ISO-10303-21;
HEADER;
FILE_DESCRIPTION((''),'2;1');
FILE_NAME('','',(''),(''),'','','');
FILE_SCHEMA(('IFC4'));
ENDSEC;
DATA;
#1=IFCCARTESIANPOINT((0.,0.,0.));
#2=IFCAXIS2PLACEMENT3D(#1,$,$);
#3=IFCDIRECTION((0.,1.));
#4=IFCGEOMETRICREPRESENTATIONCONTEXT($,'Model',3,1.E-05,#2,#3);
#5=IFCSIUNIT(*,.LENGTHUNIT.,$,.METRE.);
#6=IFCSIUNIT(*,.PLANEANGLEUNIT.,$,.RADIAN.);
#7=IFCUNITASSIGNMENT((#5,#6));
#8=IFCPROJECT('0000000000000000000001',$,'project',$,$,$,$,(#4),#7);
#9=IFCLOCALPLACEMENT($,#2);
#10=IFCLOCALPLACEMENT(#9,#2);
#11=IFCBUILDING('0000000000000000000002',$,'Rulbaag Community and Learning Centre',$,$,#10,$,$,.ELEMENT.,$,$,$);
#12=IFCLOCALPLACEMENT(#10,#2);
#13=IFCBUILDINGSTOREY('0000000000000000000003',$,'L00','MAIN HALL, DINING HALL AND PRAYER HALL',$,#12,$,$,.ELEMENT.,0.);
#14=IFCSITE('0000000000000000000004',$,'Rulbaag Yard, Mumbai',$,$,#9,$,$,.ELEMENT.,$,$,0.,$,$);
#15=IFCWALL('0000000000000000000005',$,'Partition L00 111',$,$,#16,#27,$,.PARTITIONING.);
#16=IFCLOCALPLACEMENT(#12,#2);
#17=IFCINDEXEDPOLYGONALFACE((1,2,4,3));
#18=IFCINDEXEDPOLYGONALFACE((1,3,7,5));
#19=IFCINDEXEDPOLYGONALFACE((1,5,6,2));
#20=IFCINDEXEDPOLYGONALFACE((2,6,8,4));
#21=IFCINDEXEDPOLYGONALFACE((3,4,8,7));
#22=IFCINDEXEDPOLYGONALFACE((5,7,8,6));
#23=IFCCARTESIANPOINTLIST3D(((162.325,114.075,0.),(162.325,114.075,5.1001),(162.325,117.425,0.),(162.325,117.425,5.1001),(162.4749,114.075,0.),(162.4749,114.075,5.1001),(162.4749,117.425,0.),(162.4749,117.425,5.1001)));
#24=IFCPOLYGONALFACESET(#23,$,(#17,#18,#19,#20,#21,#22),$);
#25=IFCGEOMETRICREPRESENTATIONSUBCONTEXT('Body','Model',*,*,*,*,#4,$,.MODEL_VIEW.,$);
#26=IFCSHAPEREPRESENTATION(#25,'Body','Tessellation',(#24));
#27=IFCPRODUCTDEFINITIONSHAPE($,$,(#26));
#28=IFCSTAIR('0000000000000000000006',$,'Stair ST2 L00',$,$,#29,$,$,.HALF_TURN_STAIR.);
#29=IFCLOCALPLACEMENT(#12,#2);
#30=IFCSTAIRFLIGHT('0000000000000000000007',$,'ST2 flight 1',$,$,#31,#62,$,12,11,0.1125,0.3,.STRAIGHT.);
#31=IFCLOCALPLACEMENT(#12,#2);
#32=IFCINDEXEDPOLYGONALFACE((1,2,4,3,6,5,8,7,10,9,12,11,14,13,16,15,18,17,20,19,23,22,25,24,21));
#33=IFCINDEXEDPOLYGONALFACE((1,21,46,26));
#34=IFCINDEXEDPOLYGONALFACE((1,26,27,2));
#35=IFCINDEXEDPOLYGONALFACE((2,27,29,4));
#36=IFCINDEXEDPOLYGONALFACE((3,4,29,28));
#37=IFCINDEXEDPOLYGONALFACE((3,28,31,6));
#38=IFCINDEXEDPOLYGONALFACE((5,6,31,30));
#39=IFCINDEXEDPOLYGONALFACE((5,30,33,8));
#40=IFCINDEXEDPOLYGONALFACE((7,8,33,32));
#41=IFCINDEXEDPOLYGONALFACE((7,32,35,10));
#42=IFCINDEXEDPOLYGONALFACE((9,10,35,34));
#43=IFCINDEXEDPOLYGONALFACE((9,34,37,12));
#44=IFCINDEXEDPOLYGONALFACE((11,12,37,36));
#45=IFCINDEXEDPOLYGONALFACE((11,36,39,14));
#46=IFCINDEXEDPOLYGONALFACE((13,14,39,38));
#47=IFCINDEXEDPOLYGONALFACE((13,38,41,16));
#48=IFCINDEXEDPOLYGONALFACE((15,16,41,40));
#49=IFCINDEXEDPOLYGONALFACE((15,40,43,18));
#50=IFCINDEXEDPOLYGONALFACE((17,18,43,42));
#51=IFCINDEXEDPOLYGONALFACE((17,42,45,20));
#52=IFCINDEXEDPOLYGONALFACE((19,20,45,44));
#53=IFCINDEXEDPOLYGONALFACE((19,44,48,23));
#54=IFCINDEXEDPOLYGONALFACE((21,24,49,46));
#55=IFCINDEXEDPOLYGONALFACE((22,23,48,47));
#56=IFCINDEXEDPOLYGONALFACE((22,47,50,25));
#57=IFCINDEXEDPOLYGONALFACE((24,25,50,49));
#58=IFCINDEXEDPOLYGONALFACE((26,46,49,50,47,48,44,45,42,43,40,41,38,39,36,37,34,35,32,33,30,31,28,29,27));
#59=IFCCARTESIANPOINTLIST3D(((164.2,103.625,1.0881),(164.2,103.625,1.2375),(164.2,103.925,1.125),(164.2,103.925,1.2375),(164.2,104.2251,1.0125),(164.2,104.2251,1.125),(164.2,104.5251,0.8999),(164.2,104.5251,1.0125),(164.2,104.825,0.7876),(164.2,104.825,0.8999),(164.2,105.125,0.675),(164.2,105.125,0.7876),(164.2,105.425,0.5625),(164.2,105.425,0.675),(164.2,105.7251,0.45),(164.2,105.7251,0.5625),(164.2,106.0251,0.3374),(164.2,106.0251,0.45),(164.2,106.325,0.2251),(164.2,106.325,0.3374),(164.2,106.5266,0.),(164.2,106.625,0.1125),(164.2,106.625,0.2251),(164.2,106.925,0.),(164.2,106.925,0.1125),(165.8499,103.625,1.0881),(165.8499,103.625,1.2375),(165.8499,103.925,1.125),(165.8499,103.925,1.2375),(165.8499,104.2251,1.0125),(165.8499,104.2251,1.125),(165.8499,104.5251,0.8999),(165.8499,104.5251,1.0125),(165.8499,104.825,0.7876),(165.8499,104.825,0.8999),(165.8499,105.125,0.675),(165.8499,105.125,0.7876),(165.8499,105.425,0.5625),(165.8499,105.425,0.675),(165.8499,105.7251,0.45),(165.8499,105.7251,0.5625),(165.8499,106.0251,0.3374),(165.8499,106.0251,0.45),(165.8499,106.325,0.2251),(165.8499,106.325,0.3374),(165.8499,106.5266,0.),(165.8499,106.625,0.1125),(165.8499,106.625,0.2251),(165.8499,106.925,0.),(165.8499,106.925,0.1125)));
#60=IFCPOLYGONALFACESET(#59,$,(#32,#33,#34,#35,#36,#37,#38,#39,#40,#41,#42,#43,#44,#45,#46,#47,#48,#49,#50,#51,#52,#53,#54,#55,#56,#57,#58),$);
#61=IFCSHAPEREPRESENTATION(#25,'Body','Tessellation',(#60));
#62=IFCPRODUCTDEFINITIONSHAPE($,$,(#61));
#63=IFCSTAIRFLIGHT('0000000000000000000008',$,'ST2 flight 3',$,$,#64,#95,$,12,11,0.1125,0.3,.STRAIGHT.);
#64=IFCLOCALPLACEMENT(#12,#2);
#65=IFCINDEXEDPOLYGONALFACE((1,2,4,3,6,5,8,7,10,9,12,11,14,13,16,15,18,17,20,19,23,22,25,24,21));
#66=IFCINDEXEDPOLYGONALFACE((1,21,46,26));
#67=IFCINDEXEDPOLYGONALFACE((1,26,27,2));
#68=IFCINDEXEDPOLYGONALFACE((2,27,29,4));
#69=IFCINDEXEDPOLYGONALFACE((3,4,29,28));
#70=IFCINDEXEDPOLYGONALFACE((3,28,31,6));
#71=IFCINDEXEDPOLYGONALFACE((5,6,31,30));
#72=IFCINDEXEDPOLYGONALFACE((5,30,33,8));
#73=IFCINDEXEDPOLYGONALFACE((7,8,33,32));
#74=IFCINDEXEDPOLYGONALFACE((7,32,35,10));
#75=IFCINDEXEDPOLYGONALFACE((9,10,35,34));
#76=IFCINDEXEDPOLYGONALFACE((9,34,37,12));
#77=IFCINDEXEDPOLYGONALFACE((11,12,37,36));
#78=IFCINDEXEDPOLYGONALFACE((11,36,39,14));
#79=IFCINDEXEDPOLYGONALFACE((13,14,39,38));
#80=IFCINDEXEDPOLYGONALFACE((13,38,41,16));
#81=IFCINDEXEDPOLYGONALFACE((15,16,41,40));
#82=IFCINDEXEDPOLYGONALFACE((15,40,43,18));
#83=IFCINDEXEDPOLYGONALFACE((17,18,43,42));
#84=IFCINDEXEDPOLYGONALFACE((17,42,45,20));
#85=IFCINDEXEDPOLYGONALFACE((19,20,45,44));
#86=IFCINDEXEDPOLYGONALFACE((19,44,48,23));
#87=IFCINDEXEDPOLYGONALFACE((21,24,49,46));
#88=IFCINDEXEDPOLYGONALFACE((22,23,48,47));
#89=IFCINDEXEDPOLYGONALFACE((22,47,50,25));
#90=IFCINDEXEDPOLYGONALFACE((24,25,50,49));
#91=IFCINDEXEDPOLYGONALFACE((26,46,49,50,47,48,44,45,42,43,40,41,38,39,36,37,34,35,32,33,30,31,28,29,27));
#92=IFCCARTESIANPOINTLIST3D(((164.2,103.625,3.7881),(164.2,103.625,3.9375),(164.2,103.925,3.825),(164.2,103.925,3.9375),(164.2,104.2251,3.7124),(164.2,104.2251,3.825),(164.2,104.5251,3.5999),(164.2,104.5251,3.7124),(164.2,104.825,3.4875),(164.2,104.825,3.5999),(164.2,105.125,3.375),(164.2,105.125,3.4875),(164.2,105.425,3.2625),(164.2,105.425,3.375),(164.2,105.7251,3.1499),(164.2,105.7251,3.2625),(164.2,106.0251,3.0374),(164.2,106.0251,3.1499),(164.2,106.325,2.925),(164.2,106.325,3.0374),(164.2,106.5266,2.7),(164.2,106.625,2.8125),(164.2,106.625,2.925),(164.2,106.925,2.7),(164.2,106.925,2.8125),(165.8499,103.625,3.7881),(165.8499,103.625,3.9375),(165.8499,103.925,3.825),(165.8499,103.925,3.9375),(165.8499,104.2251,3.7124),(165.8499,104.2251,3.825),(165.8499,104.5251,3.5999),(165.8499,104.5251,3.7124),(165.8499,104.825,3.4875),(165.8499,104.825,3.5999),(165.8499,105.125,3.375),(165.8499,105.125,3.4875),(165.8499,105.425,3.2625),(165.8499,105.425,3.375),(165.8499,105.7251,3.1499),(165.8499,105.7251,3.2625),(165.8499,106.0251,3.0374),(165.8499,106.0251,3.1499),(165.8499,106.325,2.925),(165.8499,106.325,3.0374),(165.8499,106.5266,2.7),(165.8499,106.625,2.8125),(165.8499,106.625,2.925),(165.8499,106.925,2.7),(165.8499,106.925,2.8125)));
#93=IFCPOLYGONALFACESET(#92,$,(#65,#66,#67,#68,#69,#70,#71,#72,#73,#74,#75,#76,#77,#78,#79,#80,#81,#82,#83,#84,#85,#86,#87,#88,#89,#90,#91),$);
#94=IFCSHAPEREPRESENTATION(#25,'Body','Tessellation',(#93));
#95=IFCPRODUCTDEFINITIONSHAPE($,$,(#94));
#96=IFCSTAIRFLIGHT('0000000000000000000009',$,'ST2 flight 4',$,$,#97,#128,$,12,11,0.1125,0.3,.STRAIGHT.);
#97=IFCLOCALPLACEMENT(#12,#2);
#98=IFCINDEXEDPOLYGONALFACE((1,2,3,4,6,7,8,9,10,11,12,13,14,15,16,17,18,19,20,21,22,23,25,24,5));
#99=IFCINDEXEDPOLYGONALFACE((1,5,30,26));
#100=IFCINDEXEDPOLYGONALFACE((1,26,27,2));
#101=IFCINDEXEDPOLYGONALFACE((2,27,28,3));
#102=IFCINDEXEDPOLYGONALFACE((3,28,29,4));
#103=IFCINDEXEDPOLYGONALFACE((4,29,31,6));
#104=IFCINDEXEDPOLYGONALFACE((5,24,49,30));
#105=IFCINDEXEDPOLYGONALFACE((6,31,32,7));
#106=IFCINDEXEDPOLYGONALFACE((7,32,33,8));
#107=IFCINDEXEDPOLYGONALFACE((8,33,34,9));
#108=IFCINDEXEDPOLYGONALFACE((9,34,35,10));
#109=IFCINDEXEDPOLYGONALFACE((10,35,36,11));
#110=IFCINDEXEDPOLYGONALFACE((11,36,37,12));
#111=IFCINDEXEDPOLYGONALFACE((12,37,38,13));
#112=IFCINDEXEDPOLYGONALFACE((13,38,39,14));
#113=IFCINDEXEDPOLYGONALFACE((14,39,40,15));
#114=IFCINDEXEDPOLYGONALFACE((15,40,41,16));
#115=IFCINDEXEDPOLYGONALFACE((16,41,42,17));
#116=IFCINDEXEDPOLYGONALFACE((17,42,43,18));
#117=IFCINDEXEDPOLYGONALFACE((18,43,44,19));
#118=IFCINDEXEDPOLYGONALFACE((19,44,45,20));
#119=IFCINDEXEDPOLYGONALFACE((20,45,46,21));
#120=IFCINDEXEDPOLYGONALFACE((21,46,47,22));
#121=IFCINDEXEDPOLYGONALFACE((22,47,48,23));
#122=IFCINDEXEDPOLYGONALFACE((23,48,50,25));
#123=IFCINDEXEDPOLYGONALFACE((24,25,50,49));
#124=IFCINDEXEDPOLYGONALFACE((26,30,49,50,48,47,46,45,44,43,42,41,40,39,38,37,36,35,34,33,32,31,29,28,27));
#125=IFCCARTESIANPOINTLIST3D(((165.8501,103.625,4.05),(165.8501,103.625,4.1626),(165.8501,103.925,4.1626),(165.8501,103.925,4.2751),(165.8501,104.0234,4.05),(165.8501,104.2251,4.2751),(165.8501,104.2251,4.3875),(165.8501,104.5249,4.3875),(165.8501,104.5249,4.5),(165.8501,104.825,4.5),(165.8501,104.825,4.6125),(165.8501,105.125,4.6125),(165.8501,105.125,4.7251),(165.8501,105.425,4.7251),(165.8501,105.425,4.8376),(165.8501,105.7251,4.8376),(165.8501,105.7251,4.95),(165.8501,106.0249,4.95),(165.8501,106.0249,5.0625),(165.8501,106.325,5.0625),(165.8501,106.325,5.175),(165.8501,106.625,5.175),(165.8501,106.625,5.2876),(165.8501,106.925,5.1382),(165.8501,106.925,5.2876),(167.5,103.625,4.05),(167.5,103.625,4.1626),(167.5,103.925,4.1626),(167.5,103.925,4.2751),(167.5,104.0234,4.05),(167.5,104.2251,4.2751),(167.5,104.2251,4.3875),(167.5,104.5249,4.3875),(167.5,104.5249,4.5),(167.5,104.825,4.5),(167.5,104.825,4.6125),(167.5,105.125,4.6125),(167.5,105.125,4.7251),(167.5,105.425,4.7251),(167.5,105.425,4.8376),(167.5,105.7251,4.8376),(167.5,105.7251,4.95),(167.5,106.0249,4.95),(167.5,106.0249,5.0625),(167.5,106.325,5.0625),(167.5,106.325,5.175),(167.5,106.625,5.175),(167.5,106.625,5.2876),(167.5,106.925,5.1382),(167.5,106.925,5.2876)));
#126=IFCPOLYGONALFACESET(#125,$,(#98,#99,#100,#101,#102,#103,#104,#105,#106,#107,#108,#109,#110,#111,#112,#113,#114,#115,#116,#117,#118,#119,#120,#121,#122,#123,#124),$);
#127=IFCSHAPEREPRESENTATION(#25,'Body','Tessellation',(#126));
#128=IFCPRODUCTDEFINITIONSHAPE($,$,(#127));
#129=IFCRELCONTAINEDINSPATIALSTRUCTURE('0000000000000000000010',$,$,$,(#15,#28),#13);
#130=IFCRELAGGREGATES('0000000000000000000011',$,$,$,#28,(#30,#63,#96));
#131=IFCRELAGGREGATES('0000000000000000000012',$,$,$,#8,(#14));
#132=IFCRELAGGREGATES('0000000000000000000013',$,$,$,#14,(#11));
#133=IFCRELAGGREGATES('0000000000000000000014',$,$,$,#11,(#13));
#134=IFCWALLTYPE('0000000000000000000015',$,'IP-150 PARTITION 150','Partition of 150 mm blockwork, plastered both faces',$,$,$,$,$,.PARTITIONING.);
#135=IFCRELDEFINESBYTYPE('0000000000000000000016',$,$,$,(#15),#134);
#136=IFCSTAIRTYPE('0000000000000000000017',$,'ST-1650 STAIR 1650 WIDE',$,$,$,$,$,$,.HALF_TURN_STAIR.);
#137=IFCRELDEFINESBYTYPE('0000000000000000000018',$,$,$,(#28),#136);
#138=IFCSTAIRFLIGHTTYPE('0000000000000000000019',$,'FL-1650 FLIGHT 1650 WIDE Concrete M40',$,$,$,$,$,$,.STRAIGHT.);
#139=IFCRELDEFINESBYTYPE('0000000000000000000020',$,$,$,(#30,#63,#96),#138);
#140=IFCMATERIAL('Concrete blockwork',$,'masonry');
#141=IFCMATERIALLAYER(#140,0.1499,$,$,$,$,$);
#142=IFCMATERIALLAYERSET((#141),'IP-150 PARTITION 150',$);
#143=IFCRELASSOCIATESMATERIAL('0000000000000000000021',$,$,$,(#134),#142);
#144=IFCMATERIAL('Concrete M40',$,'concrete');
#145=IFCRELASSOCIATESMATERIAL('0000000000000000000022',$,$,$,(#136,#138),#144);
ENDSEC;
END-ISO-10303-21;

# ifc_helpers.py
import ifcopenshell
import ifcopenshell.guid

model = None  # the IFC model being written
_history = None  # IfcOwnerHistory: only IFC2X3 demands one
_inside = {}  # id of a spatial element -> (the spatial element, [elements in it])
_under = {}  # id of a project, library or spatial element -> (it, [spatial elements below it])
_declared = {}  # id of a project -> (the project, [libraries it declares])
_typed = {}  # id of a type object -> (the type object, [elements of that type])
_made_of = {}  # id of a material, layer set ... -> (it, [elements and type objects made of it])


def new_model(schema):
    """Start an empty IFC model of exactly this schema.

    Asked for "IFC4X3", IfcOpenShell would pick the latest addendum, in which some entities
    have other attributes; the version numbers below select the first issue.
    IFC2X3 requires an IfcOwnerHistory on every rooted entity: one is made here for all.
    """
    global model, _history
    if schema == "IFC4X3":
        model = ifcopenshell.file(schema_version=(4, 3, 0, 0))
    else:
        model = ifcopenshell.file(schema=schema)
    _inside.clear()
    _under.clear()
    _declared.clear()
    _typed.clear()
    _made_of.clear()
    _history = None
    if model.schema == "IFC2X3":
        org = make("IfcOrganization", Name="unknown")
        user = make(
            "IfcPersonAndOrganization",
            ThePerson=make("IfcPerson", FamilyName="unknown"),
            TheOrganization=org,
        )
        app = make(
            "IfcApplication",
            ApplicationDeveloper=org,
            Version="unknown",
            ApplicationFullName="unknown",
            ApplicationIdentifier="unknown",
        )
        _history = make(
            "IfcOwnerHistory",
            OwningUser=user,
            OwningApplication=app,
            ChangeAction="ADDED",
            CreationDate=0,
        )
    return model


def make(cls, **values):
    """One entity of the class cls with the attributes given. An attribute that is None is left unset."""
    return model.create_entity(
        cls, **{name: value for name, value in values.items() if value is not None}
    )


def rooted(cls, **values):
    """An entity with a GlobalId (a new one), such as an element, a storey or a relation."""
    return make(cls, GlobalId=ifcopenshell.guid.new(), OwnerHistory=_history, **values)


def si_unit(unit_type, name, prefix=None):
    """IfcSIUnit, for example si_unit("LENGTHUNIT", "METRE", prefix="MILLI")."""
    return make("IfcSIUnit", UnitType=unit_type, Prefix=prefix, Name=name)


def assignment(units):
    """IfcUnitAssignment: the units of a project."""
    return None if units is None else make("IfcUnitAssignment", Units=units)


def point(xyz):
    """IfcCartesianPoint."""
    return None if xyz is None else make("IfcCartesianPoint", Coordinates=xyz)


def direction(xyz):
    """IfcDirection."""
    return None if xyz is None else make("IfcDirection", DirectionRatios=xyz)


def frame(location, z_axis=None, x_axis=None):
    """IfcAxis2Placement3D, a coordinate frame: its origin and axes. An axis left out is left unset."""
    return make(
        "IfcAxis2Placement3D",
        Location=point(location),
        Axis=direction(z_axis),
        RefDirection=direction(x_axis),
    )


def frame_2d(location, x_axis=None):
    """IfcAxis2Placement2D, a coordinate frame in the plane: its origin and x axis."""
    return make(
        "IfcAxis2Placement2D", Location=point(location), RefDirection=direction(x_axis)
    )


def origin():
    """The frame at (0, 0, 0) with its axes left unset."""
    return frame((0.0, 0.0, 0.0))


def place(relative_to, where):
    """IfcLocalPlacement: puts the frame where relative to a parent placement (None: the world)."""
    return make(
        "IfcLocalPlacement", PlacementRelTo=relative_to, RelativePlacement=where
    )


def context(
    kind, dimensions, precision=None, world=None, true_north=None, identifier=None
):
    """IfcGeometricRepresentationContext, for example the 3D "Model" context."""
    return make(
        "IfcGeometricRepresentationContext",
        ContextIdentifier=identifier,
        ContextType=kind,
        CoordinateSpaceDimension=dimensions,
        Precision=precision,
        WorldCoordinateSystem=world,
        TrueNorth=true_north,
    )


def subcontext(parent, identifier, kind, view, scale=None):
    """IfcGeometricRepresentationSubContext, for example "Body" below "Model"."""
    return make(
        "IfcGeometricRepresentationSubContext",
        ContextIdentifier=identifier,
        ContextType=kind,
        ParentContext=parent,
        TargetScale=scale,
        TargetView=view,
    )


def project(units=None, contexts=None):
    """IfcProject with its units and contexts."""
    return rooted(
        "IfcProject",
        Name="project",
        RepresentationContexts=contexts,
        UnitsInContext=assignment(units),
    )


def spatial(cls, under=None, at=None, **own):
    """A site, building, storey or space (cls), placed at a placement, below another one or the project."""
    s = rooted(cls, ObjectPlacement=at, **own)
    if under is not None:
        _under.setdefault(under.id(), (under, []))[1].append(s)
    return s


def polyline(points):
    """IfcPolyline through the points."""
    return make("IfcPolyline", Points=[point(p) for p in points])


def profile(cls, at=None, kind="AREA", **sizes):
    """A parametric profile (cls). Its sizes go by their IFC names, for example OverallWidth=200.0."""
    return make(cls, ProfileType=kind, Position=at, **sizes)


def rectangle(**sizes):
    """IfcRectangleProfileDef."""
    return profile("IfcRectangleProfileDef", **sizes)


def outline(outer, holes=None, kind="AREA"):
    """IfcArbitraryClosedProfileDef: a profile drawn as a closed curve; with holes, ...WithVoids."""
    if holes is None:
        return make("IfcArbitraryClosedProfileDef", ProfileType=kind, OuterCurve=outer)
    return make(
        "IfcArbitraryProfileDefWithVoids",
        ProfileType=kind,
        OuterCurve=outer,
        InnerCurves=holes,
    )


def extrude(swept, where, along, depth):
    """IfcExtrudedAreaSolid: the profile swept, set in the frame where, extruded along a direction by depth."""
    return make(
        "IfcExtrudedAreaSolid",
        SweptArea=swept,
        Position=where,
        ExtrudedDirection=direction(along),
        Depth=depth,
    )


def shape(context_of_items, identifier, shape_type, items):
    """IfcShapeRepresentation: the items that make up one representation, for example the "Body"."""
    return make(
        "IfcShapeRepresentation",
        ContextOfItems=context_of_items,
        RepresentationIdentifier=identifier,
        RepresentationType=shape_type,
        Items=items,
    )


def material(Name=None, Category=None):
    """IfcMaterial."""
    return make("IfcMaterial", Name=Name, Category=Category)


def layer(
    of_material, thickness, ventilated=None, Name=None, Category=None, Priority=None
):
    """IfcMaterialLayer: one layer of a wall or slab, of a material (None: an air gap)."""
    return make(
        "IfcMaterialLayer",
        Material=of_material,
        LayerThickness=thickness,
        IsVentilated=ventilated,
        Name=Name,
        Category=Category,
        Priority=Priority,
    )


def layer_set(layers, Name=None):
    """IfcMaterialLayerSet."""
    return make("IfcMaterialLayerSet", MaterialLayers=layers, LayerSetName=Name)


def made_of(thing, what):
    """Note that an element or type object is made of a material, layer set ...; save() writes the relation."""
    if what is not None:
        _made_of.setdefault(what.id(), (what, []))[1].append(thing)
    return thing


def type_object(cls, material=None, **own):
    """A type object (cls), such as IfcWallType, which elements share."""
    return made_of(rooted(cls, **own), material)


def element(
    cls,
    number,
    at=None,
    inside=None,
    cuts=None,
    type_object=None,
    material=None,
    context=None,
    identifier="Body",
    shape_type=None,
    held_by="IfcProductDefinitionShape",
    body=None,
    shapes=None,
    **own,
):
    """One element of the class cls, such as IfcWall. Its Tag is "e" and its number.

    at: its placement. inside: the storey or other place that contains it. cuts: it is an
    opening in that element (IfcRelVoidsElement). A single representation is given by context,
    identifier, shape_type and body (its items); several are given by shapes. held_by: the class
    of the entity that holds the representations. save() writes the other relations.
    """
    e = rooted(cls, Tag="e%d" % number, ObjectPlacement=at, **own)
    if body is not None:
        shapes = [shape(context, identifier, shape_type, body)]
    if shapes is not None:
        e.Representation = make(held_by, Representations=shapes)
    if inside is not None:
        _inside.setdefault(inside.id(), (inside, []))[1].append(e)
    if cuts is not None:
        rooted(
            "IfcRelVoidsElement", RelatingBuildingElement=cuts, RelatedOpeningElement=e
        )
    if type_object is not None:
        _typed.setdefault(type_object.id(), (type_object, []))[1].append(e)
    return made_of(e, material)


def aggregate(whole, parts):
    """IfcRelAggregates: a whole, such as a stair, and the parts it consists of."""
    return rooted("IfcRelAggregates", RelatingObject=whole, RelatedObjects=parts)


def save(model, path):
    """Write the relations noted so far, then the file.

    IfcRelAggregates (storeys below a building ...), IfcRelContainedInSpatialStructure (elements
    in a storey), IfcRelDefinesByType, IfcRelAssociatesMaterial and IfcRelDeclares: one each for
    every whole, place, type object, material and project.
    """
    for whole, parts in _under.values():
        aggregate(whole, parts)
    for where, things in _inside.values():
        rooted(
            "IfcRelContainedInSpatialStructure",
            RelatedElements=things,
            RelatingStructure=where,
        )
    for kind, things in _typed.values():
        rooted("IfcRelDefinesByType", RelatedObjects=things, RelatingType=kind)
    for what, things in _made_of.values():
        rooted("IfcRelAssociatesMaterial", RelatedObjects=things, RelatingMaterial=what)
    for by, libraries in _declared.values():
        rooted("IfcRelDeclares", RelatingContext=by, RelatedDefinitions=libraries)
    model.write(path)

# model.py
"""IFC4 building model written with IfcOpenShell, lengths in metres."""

from ifc_helpers import new_model, si_unit, direction, frame, frame_2d, origin, place, context, subcontext, project, spatial, polyline, rectangle, outline, extrude, material, layer, layer_set, type_object, element, aggregate, save


model = new_model("IFC4")

# Units and contexts
model_context = context("Model", 3, precision=1e-05, world=origin(), true_north=direction((0.0, 1.0)))
body_context = subcontext(model_context, "Body", "Model", "MODEL_VIEW")
ifc_project = project(units=[si_unit("LENGTHUNIT", "METRE"), si_unit("PLANEANGLEUNIT", "RADIAN")], contexts=[model_context])

# Site, building, storey
site_placement = place(None, origin())
site = spatial("IfcSite", under=ifc_project, at=site_placement, Name="Rulbaag Yard, Mumbai", CompositionType="ELEMENT", RefElevation=0.0)
building_placement = place(site_placement, origin())
building = spatial("IfcBuilding", under=site, at=building_placement, Name="Rulbaag Community and Learning Centre", CompositionType="ELEMENT")
storey_placement = place(building_placement, origin())
storey = spatial("IfcBuildingStorey", under=building, at=storey_placement, Name="L00", Description="MAIN HALL, DINING HALL AND PRAYER HALL", CompositionType="ELEMENT", Elevation=0.0)

# Shared definitions
ifc_material_1 = material(Name="Concrete M40", Category="concrete")

# Shared definitions
ifc_material_2 = material(Name="Concrete blockwork", Category="masonry")
ifc_layer_1 = layer(ifc_material_2, 0.1499)
ifc_layer_set_1 = layer_set([ifc_layer_1], Name="IP-150 PARTITION 150")
wall_type_1 = type_object("IfcWallType", Name="IP-150 PARTITION 150", Description="Partition of 150 mm blockwork, plastered both faces", PredefinedType="PARTITIONING", material=ifc_layer_set_1)

# Wall
wall_1_placement = place(storey_placement, frame((162.3999, 114.075, 0.0), z_axis=(0.0, 0.0, 1.0), x_axis=(0.0, 1.0, 0.0)))
element("IfcWall", 1, at=wall_1_placement, inside=storey, type_object=wall_type_1, Name="Partition L00 111", PredefinedType="PARTITIONING", context=body_context, shape_type="SweptSolid", body=[
    extrude(rectangle(XDim=3.3501, YDim=0.1499, at=frame_2d((1.675, 0.0))), origin(), (0.0, 0.0, 1.0), 5.1001),
])

# Stair, stair flights
stair_type = type_object("IfcStairType", Name="ST-1650 STAIR 1650 WIDE", PredefinedType="HALF_TURN_STAIR", material=ifc_material_1)
stair_placement = place(storey_placement, origin())
stair = element("IfcStair", 2, at=stair_placement, inside=storey, type_object=stair_type, Name="Stair ST2 L00", PredefinedType="HALF_TURN_STAIR")
stair_flight_type = type_object("IfcStairFlightType", Name="FL-1650 FLIGHT 1650 WIDE Concrete M40", PredefinedType="STRAIGHT", material=ifc_material_1)
stair_flight_1_placement = place(storey_placement, frame((165.0249, 106.925, 0.0), z_axis=(0.0, 0.0, 1.0), x_axis=(0.0, -1.0, 0.0)))
stair_flight_1 = element("IfcStairFlight", 3, at=stair_flight_1_placement, type_object=stair_flight_type, Name="ST2 flight 1", NumberOfRisers=12, NumberOfTreads=11, PredefinedType="STRAIGHT", RiserHeight=0.1125, TreadLength=0.3, context=body_context, shape_type="SweptSolid", body=[
    extrude(outline(polyline([(0.0, 0.0), (0.0, 0.1125), (0.3, 0.1125), (0.3, 0.2251), (0.6001, 0.2251), (0.6001, 0.3374), (0.8999, 0.3374), (0.8999, 0.45), (1.2, 0.45), (1.2, 0.5625), (1.5, 0.5625), (1.5, 0.675), (1.8, 0.675), (1.8, 0.7876), (2.1001, 0.7876), (2.1001, 0.8999), (2.3999, 0.8999), (2.3999, 1.0125), (2.7, 1.0125), (2.7, 1.125), (3.0, 1.125), (3.0, 1.2375), (3.3, 1.2375), (3.3, 1.0881), (0.3984, 0.0), (0.0, 0.0)])), frame((0.0, 0.825, 0.0), z_axis=(0.0, -1.0, 0.0), x_axis=(1.0, 0.0, 0.0)), (0.0, 0.0, 1.0), 1.6499),
])
stair_flight_2_placement = place(storey_placement, frame((165.0249, 106.925, 2.7), z_axis=(0.0, 0.0, 1.0), x_axis=(0.0, -1.0, 0.0)))
stair_flight_2 = element("IfcStairFlight", 4, at=stair_flight_2_placement, type_object=stair_flight_type, Name="ST2 flight 3", NumberOfRisers=12, NumberOfTreads=11, PredefinedType="STRAIGHT", RiserHeight=0.1125, TreadLength=0.3, context=body_context, shape_type="SweptSolid", body=[
    extrude(outline(polyline([(0.0, 0.0), (0.0, 0.1125), (0.3, 0.1125), (0.3, 0.2251), (0.6001, 0.2251), (0.6001, 0.3374), (0.8999, 0.3374), (0.8999, 0.45), (1.2, 0.45), (1.2, 0.5625), (1.5, 0.5625), (1.5, 0.675), (1.8, 0.675), (1.8, 0.7876), (2.1001, 0.7876), (2.1001, 0.8999), (2.3999, 0.8999), (2.3999, 1.0125), (2.7, 1.0125), (2.7, 1.125), (3.0, 1.125), (3.0, 1.2375), (3.3, 1.2375), (3.3, 1.0881), (0.3984, 0.0), (0.0, 0.0)])), frame((0.0, 0.825, 0.0), z_axis=(0.0, -1.0, 0.0), x_axis=(1.0, 0.0, 0.0)), (0.0, 0.0, 1.0), 1.6499),
])
stair_flight_3_placement = place(storey_placement, frame((166.675, 103.625, 4.05), z_axis=(0.0, 0.0, 1.0), x_axis=(0.0, 1.0, 0.0)))
stair_flight_3 = element("IfcStairFlight", 5, at=stair_flight_3_placement, type_object=stair_flight_type, Name="ST2 flight 4", NumberOfRisers=12, NumberOfTreads=11, PredefinedType="STRAIGHT", RiserHeight=0.1125, TreadLength=0.3, context=body_context, shape_type="SweptSolid", body=[
    extrude(outline(polyline([(0.0, 0.0), (0.0, 0.1125), (0.3, 0.1125), (0.3, 0.2251), (0.6001, 0.2251), (0.6001, 0.3374), (0.8999, 0.3374), (0.8999, 0.45), (1.2, 0.45), (1.2, 0.5625), (1.5, 0.5625), (1.5, 0.675), (1.8, 0.675), (1.8, 0.7876), (2.1001, 0.7876), (2.1001, 0.8999), (2.3999, 0.8999), (2.3999, 1.0125), (2.7, 1.0125), (2.7, 1.125), (3.0, 1.125), (3.0, 1.2375), (3.3, 1.2375), (3.3, 1.0881), (0.3984, 0.0), (0.0, 0.0)])), frame((0.0, 0.825, 0.0), z_axis=(0.0, -1.0, 0.0), x_axis=(1.0, 0.0, 0.0)), (0.0, 0.0, 1.0), 1.6499),
])
aggregate(stair, [stair_flight_1, stair_flight_2, stair_flight_3])

save(model, "model.ifc")
